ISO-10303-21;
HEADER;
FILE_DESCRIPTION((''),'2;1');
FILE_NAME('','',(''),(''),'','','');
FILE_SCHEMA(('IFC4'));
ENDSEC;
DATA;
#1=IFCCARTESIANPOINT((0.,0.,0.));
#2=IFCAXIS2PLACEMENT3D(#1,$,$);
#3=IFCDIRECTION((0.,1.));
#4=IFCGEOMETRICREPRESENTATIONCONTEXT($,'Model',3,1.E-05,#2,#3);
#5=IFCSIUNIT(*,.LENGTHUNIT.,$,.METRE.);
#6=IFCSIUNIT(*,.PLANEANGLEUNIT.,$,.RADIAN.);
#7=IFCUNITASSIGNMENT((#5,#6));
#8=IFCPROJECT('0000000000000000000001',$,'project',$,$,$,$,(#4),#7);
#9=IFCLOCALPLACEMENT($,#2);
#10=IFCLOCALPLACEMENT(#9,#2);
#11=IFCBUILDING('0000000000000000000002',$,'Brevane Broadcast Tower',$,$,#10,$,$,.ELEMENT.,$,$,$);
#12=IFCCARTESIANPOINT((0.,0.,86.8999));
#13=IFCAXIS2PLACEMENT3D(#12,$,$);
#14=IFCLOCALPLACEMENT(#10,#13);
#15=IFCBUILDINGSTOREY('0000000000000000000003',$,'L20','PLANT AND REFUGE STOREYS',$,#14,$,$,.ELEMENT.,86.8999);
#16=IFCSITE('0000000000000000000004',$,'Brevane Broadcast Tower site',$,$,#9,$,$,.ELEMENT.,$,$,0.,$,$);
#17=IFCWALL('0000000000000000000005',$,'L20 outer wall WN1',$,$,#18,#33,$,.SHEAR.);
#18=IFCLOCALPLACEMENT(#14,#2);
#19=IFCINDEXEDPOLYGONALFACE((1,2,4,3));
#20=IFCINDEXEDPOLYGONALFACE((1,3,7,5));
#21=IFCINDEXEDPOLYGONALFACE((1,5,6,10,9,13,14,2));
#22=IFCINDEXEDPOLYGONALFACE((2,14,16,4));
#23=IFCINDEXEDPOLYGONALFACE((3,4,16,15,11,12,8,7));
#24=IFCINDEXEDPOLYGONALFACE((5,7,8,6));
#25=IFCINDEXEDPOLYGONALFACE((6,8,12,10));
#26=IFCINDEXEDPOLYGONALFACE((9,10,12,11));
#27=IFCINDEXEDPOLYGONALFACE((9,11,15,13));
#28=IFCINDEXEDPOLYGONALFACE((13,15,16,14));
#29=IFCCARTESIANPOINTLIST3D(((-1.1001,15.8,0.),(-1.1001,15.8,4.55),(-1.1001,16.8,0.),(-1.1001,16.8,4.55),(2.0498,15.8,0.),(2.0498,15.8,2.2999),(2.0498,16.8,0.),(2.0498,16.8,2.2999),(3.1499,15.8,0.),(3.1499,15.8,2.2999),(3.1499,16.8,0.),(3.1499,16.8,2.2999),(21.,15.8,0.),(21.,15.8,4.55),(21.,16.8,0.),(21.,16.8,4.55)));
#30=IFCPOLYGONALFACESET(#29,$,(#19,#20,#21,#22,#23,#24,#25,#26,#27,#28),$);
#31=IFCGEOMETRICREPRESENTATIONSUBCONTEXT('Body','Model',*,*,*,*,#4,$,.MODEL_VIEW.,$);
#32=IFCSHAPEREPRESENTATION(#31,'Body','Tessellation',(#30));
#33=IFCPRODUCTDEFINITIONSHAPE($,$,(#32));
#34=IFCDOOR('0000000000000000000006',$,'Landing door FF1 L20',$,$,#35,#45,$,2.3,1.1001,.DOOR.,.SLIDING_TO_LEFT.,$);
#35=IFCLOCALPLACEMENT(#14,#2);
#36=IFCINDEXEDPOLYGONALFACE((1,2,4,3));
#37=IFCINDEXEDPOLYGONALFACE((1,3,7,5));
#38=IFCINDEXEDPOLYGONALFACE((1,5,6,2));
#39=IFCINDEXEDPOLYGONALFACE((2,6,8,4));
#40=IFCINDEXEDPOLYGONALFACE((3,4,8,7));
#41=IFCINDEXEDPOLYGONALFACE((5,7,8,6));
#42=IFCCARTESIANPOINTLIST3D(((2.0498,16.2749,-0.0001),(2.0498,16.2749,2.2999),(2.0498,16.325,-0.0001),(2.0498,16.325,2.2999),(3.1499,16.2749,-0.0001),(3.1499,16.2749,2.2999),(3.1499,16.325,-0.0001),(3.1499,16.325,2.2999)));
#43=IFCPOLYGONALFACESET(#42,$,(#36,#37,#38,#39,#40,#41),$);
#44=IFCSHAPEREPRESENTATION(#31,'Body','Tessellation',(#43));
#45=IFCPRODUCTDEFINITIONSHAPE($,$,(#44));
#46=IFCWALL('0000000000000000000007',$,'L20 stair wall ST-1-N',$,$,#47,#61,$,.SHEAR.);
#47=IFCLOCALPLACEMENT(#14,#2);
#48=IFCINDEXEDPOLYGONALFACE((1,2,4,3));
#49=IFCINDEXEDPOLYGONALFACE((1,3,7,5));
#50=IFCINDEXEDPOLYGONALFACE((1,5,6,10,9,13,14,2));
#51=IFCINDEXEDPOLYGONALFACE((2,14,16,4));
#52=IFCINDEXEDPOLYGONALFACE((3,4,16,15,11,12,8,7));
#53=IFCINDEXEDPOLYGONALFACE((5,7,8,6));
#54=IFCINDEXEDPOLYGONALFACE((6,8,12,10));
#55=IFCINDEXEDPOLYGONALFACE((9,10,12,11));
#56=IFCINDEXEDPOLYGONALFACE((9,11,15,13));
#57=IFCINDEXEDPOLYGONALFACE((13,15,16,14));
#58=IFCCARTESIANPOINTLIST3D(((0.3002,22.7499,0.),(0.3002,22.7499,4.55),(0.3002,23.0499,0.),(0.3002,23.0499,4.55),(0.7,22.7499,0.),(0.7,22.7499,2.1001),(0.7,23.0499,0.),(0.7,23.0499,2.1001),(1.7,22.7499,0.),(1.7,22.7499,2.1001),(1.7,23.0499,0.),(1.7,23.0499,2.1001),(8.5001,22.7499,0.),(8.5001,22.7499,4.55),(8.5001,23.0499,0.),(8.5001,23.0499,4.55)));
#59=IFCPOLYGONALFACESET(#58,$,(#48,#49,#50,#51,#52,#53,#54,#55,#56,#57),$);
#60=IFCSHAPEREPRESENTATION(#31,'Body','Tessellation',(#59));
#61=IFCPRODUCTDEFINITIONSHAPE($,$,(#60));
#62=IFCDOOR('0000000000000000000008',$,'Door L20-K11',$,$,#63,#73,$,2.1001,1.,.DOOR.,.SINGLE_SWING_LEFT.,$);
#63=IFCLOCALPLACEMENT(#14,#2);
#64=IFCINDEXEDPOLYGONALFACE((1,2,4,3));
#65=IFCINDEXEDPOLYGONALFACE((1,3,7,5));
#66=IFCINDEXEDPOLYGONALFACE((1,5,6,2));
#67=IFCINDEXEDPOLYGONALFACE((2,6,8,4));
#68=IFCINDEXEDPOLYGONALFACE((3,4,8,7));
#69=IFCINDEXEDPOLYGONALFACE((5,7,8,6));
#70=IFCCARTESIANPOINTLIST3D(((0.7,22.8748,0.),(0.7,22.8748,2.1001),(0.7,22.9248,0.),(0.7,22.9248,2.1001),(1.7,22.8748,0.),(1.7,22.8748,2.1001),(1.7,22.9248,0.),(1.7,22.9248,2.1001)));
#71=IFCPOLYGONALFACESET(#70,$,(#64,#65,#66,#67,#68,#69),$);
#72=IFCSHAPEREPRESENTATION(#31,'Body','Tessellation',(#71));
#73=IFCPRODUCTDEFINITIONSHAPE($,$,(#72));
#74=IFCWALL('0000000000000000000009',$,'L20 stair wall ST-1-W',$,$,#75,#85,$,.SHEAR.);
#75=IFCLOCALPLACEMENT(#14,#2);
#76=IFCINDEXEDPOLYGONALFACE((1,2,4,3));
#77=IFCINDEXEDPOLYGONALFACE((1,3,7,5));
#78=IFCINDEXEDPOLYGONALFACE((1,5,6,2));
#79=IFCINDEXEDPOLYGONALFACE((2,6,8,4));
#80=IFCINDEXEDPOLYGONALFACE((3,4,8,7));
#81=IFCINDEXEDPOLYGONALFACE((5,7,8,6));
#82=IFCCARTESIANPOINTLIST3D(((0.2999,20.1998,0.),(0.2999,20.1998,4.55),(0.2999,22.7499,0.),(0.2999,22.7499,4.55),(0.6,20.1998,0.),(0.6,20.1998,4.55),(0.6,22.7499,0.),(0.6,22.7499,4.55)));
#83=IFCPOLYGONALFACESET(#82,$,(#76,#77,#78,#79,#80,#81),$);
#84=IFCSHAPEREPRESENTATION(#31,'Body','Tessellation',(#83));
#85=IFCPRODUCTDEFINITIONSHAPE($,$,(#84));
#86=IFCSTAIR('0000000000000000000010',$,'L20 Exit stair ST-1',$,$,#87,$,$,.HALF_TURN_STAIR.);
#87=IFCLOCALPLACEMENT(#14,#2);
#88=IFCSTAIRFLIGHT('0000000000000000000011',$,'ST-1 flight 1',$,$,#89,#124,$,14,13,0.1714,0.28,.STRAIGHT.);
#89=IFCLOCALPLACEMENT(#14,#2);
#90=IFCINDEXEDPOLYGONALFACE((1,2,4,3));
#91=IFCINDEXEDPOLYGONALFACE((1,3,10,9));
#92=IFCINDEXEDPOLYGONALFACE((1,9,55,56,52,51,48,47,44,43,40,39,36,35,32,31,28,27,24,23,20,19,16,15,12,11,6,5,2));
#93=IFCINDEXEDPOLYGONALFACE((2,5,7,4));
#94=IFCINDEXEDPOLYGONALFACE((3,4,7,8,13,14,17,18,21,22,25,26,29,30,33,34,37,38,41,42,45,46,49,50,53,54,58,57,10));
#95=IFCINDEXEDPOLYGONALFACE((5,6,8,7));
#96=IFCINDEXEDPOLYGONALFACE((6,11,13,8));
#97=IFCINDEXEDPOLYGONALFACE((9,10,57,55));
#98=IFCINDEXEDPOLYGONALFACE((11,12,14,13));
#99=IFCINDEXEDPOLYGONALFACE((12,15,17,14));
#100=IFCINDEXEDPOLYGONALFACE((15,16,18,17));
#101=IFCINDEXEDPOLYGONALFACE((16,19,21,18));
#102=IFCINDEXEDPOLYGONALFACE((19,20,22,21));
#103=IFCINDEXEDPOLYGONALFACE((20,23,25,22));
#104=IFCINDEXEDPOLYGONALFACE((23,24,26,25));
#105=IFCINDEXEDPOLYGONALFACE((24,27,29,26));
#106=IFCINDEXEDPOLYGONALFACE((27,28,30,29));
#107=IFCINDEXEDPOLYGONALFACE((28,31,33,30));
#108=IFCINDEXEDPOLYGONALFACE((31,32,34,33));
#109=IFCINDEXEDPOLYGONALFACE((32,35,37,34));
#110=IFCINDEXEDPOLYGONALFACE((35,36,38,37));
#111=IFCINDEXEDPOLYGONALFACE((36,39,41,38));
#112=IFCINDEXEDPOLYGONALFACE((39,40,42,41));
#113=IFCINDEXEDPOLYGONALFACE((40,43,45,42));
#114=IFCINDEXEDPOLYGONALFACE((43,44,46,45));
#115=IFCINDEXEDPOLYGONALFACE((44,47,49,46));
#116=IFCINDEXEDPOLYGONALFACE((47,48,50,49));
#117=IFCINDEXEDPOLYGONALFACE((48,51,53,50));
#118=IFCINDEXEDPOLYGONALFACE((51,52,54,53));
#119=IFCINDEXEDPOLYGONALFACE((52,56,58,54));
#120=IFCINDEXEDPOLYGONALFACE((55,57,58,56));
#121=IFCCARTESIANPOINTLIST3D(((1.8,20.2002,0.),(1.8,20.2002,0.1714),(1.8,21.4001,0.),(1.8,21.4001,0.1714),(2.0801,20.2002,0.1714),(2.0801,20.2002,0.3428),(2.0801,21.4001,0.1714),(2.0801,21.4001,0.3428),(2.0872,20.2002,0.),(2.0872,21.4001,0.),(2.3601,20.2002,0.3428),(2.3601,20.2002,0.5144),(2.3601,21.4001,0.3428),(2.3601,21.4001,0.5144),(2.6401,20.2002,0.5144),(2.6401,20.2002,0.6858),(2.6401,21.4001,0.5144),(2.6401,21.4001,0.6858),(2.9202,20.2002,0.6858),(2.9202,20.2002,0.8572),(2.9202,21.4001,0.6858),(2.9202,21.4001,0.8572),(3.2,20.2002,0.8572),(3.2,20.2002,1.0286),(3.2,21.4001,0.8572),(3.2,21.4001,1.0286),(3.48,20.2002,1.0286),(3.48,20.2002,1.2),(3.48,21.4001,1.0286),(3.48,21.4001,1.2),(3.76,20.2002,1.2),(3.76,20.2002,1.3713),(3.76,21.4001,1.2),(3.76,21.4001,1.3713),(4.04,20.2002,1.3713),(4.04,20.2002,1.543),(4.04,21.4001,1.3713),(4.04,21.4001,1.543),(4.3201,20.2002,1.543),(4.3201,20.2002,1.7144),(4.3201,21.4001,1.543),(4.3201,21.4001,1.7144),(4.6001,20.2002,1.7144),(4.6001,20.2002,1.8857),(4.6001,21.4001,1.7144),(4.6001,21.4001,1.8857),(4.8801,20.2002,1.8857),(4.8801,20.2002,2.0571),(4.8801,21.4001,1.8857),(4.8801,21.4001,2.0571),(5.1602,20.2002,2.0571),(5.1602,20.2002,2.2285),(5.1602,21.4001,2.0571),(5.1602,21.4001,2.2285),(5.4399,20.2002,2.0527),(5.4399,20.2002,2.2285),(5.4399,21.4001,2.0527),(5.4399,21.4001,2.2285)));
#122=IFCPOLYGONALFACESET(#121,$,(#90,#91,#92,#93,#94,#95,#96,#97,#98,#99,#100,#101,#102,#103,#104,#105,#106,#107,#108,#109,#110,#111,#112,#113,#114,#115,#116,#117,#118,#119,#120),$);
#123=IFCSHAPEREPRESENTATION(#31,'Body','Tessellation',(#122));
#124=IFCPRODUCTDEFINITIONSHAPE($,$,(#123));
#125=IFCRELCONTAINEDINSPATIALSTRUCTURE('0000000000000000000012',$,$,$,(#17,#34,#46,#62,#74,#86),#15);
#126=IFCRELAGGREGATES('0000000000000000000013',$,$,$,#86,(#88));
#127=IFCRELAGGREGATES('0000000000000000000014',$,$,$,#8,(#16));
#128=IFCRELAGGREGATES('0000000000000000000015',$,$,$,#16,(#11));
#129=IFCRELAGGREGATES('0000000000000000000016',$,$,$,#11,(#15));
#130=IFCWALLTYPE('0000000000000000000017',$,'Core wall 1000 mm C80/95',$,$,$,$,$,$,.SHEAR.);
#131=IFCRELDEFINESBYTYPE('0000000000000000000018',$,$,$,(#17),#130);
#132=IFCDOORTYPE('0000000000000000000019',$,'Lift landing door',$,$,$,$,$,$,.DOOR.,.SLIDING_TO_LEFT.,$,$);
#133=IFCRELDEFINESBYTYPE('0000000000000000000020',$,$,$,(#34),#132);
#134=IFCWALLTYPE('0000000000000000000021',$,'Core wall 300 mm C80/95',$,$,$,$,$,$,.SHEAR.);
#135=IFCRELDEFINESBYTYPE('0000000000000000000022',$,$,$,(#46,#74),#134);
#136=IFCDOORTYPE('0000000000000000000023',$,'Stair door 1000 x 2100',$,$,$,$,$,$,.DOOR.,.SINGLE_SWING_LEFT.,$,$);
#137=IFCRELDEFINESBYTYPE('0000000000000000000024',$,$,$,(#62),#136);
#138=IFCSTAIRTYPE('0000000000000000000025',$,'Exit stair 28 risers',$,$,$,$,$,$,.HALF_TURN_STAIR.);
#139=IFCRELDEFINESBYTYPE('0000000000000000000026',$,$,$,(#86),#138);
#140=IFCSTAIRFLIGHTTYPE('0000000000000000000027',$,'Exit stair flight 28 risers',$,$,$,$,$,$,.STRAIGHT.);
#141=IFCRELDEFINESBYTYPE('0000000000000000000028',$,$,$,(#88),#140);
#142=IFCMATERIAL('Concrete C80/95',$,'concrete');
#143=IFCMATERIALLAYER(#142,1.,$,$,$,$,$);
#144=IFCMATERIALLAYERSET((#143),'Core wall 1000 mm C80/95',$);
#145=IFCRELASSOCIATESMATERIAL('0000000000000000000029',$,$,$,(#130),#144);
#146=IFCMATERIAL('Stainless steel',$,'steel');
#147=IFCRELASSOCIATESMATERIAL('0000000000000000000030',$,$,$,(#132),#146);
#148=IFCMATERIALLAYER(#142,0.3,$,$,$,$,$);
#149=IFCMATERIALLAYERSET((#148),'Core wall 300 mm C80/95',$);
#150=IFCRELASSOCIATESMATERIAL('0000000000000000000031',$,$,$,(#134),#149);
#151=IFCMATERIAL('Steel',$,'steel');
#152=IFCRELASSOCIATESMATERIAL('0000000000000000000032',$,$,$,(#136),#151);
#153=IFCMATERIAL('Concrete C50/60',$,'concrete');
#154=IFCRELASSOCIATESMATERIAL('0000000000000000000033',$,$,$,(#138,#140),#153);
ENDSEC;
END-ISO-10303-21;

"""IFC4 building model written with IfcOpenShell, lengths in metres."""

from ifc_helpers import new_model, si_unit, direction, frame, frame_2d, origin, place, context, subcontext, project, spatial, polyline, rectangle, outline, extrude, material, layer, layer_set, type_object, element, fill, aggregate, save


model = new_model("IFC4")

# Units and contexts
model_context = context("Model", 3, precision=1e-05, world=origin(), true_north=direction((0.0, 1.0)))
body_context = subcontext(model_context, "Body", "Model", "MODEL_VIEW")
ifc_project = project(units=[si_unit("LENGTHUNIT", "METRE"), si_unit("PLANEANGLEUNIT", "RADIAN")], contexts=[model_context])

# Site, building, storey
site_placement = place(None, origin())
site = spatial("IfcSite", under=ifc_project, at=site_placement, Name="Brevane Broadcast Tower site", CompositionType="ELEMENT", RefElevation=0.0)
building_placement = place(site_placement, origin())
building = spatial("IfcBuilding", under=site, at=building_placement, Name="Brevane Broadcast Tower", CompositionType="ELEMENT")
storey_placement = place(building_placement, frame((0.0, 0.0, 86.8999)))
storey = spatial("IfcBuildingStorey", under=building, at=storey_placement, Name="L20", Description="PLANT AND REFUGE STOREYS", CompositionType="ELEMENT", Elevation=86.8999)

# Shared definitions
ifc_material_1 = material(Name="Concrete C80/95", Category="concrete")

# Walls, openings, doors
ifc_layer_1 = layer(ifc_material_1, 1.0)
ifc_layer_set_1 = layer_set([ifc_layer_1], Name="Core wall 1000 mm C80/95")
wall_type_1 = type_object("IfcWallType", Name="Core wall 1000 mm C80/95", PredefinedType="SHEAR", material=ifc_layer_set_1)
wall_1_placement = place(storey_placement, frame((-1.1001, 16.3, 0.0), z_axis=(0.0, 0.0, 1.0), x_axis=(1.0, 0.0, 0.0)))
wall_1 = element("IfcWall", 1, at=wall_1_placement, inside=storey, type_object=wall_type_1, Name="L20 outer wall WN1", PredefinedType="SHEAR", context=body_context, shape_type="SweptSolid", body=[
    extrude(rectangle(XDim=22.1001, YDim=1.0, at=frame_2d((11.05, 0.0))), origin(), (0.0, 0.0, 1.0), 4.55),
])
opening_1_placement = place(wall_1_placement, frame((3.1499, 0.0, 0.0)))
opening_1 = element("IfcOpeningElement", 2, at=opening_1_placement, cuts=wall_1, PredefinedType="OPENING", context=body_context, shape_type="SweptSolid", body=[
    extrude(rectangle(XDim=1.1001, YDim=2.3, at=frame_2d((0.55, 1.1499))), frame((0.0, 0.51, 0.0), z_axis=(0.0, -1.0, 0.0), x_axis=(1.0, 0.0, 0.0)), (0.0, 0.0, 1.0), 1.02),
])
ifc_material_2 = material(Name="Stainless steel", Category="steel")
door_type_1 = type_object("IfcDoorType", Name="Lift landing door", OperationType="SLIDING_TO_LEFT", PredefinedType="DOOR", material=ifc_material_2)
door_1_placement = place(opening_1_placement, origin())
door_1 = element("IfcDoor", 3, at=door_1_placement, inside=storey, type_object=door_type_1, Name="Landing door FF1 L20", OperationType="SLIDING_TO_LEFT", OverallHeight=2.3, OverallWidth=1.1001, PredefinedType="DOOR", context=body_context, shape_type="SweptSolid", body=[
    extrude(rectangle(XDim=1.1001, YDim=2.3, at=frame_2d((0.55, 1.1499))), frame((0.0, 0.0249, 0.0), z_axis=(0.0, -1.0, 0.0), x_axis=(1.0, 0.0, 0.0)), (0.0, 0.0, 1.0), 0.05),
])
fill(opening_1, door_1)
ifc_layer_2 = layer(ifc_material_1, 0.3)
ifc_layer_set_2 = layer_set([ifc_layer_2], Name="Core wall 300 mm C80/95")
wall_type_2 = type_object("IfcWallType", Name="Core wall 300 mm C80/95", PredefinedType="SHEAR", material=ifc_layer_set_2)
wall_2_placement = place(storey_placement, frame((0.3, 22.8999, 0.0), z_axis=(0.0, 0.0, 1.0), x_axis=(1.0, 0.0, 0.0)))
wall_2 = element("IfcWall", 4, at=wall_2_placement, inside=storey, type_object=wall_type_2, Name="L20 stair wall ST-1-N", PredefinedType="SHEAR", context=body_context, shape_type="SweptSolid", body=[
    extrude(rectangle(XDim=8.2, YDim=0.3, at=frame_2d((4.1001, 0.0))), origin(), (0.0, 0.0, 1.0), 4.55),
])
opening_2_placement = place(wall_2_placement, frame((0.3999, 0.0, 0.0)))
opening_2 = element("IfcOpeningElement", 5, at=opening_2_placement, cuts=wall_2, PredefinedType="OPENING", context=body_context, shape_type="SweptSolid", body=[
    extrude(rectangle(XDim=1.0, YDim=2.1001, at=frame_2d((0.5, 1.05))), frame((0.0, 0.1599, 0.0), z_axis=(0.0, -1.0, 0.0), x_axis=(1.0, 0.0, 0.0)), (0.0, 0.0, 1.0), 0.3201),
])
ifc_material_3 = material(Name="Steel", Category="steel")
door_type_2 = type_object("IfcDoorType", Name="Stair door 1000 x 2100", OperationType="SINGLE_SWING_LEFT", PredefinedType="DOOR", material=ifc_material_3)
door_2_placement = place(opening_2_placement, origin())
door_2 = element("IfcDoor", 6, at=door_2_placement, inside=storey, type_object=door_type_2, Name="Door L20-K11", OperationType="SINGLE_SWING_LEFT", OverallHeight=2.1001, OverallWidth=1.0, PredefinedType="DOOR", context=body_context, shape_type="SweptSolid", body=[
    extrude(rectangle(XDim=1.0, YDim=2.1001, at=frame_2d((0.5, 1.05))), frame((0.0, 0.0249, 0.0), z_axis=(0.0, -1.0, 0.0), x_axis=(1.0, 0.0, 0.0)), (0.0, 0.0, 1.0), 0.05),
])
fill(opening_2, door_2)

# Wall
wall_3_placement = place(storey_placement, frame((0.45, 20.2, 0.0), z_axis=(0.0, 0.0, 1.0), x_axis=(0.0, 1.0, 0.0)))
element("IfcWall", 7, at=wall_3_placement, inside=storey, type_object=wall_type_2, Name="L20 stair wall ST-1-W", PredefinedType="SHEAR", context=body_context, shape_type="SweptSolid", body=[
    extrude(rectangle(XDim=2.55, YDim=0.3, at=frame_2d((1.2749, 0.0))), origin(), (0.0, 0.0, 1.0), 4.55),
])

# Stair, stair flight
ifc_material_4 = material(Name="Concrete C50/60", Category="concrete")
stair_type = type_object("IfcStairType", Name="Exit stair 28 risers", PredefinedType="HALF_TURN_STAIR", material=ifc_material_4)
stair_placement = place(storey_placement, origin())
stair = element("IfcStair", 8, at=stair_placement, inside=storey, type_object=stair_type, Name="L20 Exit stair ST-1", PredefinedType="HALF_TURN_STAIR")
stair_flight_type = type_object("IfcStairFlightType", Name="Exit stair flight 28 risers", PredefinedType="STRAIGHT", material=ifc_material_4)
stair_flight_placement = place(storey_placement, frame((1.8, 20.8, 0.0), z_axis=(0.0, 0.0, 1.0), x_axis=(1.0, 0.0, 0.0)))
stair_flight = element("IfcStairFlight", 9, at=stair_flight_placement, type_object=stair_flight_type, Name="ST-1 flight 1", NumberOfRisers=14, NumberOfTreads=13, PredefinedType="STRAIGHT", RiserHeight=0.1714, TreadLength=0.28, context=body_context, shape_type="SweptSolid", body=[
    extrude(outline(polyline([(0.0, 0.0), (0.0, 0.1714), (0.28, 0.1714), (0.28, 0.3428), (0.5601, 0.3428), (0.5601, 0.5144), (0.8401, 0.5144), (0.8401, 0.6858), (1.1201, 0.6858), (1.1201, 0.8572), (1.3999, 0.8572), (1.3999, 1.0286), (1.6799, 1.0286), (1.6799, 1.2), (1.96, 1.2), (1.96, 1.3713), (2.24, 1.3713), (2.24, 1.543), (2.52, 1.543), (2.52, 1.7144), (2.8, 1.7144), (2.8, 1.8857), (3.0801, 1.8857), (3.0801, 2.0571), (3.3601, 2.0571), (3.3601, 2.2285), (3.6399, 2.2285), (3.6399, 2.3999), (3.6399, 2.0527), (0.2871, 0.0), (0.0, 0.0)])), frame((0.0, 0.6001, 0.0), z_axis=(0.0, -1.0, 0.0), x_axis=(1.0, 0.0, 0.0)), (0.0, 0.0, 1.0), 1.2),
])
aggregate(stair, [stair_flight])

save(model, "model.ifc")
